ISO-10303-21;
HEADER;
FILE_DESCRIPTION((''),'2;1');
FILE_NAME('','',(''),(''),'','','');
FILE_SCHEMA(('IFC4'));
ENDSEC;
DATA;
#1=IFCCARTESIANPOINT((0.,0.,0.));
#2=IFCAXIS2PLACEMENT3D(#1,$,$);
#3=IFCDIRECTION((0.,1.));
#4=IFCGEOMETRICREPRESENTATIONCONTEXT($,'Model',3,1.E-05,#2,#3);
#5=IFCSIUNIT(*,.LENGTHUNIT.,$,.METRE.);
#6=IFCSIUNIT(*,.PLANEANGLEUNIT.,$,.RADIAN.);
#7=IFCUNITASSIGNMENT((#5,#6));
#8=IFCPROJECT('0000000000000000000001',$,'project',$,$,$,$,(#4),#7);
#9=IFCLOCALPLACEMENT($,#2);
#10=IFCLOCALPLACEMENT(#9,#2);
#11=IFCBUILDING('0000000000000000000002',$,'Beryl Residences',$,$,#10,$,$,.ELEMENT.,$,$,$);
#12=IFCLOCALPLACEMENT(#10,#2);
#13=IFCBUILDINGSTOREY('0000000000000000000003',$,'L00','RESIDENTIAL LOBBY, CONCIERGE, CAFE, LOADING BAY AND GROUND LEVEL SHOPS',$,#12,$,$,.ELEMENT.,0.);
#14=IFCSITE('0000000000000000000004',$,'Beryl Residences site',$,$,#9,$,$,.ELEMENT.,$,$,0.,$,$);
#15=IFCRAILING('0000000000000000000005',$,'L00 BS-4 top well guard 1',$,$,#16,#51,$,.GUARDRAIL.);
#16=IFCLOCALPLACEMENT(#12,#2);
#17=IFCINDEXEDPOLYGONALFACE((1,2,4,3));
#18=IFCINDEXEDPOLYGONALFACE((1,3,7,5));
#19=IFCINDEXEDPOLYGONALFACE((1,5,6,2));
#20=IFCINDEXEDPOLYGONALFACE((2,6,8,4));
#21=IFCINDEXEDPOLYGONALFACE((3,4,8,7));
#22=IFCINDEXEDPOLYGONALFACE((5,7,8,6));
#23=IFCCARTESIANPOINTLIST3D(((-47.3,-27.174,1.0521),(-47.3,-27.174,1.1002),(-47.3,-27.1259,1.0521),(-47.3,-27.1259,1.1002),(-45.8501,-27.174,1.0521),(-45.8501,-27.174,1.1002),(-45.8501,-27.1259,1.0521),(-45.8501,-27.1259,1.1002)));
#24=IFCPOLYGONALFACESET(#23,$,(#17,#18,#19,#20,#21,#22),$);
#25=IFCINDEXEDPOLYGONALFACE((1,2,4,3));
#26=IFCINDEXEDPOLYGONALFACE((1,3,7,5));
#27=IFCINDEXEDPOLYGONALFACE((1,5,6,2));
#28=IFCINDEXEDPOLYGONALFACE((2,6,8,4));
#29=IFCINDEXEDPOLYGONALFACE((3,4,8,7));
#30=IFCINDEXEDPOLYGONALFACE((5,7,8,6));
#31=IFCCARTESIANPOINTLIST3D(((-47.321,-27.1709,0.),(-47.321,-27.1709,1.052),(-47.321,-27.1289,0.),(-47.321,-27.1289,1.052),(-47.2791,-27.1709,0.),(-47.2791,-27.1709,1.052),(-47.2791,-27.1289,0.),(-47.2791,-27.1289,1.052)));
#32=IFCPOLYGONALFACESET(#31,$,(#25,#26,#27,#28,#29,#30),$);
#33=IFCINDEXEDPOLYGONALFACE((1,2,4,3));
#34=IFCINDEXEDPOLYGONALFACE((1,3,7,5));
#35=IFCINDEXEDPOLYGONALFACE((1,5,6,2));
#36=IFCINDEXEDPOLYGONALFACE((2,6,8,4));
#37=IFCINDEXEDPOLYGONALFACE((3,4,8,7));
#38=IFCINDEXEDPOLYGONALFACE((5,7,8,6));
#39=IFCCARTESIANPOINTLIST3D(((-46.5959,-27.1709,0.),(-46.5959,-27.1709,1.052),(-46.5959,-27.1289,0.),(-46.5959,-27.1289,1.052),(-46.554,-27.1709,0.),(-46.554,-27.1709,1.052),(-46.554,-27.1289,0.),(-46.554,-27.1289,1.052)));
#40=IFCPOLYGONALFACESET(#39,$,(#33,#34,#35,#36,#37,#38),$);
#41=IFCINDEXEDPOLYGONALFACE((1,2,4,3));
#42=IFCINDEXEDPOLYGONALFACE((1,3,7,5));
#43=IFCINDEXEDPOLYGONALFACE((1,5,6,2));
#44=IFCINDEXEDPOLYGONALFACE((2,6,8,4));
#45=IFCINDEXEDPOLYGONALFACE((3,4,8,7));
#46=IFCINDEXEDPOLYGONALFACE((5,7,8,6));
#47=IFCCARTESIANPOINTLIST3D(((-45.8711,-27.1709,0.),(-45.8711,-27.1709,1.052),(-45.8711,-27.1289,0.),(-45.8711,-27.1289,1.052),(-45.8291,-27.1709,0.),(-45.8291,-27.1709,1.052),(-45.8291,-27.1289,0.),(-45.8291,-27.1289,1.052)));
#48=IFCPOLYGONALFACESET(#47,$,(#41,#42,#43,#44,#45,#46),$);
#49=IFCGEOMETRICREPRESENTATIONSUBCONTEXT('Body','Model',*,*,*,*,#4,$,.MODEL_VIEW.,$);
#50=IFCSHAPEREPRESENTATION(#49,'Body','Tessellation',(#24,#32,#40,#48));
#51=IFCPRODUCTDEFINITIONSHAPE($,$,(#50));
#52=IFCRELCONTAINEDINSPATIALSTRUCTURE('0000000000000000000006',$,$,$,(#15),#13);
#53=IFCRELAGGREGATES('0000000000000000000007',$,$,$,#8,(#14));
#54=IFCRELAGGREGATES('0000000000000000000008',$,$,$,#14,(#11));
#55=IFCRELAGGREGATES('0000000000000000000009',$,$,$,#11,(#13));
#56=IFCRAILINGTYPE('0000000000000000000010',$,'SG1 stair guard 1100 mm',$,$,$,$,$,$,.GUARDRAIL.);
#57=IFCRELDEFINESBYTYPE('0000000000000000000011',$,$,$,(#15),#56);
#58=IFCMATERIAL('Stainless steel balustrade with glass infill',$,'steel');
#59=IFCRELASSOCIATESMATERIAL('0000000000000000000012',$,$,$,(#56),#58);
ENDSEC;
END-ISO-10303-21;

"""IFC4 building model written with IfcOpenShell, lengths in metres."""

from ifc_helpers import new_model, si_unit, direction, frame, origin, origin_2d, place, context, subcontext, project, spatial, rectangle, extrude, material, type_object, element, save


model = new_model("IFC4")

# Units and contexts
model_context = context("Model", 3, precision=1e-05, world=origin(), true_north=direction((0.0, 1.0)))
body_context = subcontext(model_context, "Body", "Model", "MODEL_VIEW")
ifc_project = project(units=[si_unit("LENGTHUNIT", "METRE"), si_unit("PLANEANGLEUNIT", "RADIAN")], contexts=[model_context])

# Site, building, storey
site_placement = place(None, origin())
site = spatial("IfcSite", under=ifc_project, at=site_placement, Name="Beryl Residences site", CompositionType="ELEMENT", RefElevation=0.0)
building_placement = place(site_placement, origin())
building = spatial("IfcBuilding", under=site, at=building_placement, Name="Beryl Residences", CompositionType="ELEMENT")
storey_placement = place(building_placement, origin())
storey = spatial("IfcBuildingStorey", under=building, at=storey_placement, Name="L00", Description="RESIDENTIAL LOBBY, CONCIERGE, CAFE, LOADING BAY AND GROUND LEVEL SHOPS", CompositionType="ELEMENT", Elevation=0.0)

# Railing
ifc_material_1 = material(Name="Stainless steel balustrade with glass infill", Category="steel")
railing_type = type_object("IfcRailingType", Name="SG1 stair guard 1100 mm", PredefinedType="GUARDRAIL", material=ifc_material_1)
railing_placement = place(storey_placement, frame((-47.3, -27.1499, 0.0)))
element("IfcRailing", 1, at=railing_placement, inside=storey, type_object=railing_type, Name="L00 BS-4 top well guard 1", PredefinedType="GUARDRAIL", context=body_context, shape_type="SweptSolid", body=[
    extrude(rectangle(XDim=0.0481, YDim=0.0481, at=origin_2d()), frame((0.0, 0.0, 1.0762), z_axis=(1.0, 0.0, 0.0), x_axis=(0.0, 1.0, 0.0)), (0.0, 0.0, 1.0), 1.45),
    extrude(rectangle(XDim=0.042, YDim=0.042, at=origin_2d()), origin(), (0.0, 0.0, 1.0), 1.052),
    extrude(rectangle(XDim=0.042, YDim=0.042, at=origin_2d()), frame((0.7251, 0.0, 0.0)), (0.0, 0.0, 1.0), 1.052),
    extrude(rectangle(XDim=0.042, YDim=0.042, at=origin_2d()), frame((1.45, 0.0, 0.0)), (0.0, 0.0, 1.0), 1.052),
])

save(model, "model.ifc")
